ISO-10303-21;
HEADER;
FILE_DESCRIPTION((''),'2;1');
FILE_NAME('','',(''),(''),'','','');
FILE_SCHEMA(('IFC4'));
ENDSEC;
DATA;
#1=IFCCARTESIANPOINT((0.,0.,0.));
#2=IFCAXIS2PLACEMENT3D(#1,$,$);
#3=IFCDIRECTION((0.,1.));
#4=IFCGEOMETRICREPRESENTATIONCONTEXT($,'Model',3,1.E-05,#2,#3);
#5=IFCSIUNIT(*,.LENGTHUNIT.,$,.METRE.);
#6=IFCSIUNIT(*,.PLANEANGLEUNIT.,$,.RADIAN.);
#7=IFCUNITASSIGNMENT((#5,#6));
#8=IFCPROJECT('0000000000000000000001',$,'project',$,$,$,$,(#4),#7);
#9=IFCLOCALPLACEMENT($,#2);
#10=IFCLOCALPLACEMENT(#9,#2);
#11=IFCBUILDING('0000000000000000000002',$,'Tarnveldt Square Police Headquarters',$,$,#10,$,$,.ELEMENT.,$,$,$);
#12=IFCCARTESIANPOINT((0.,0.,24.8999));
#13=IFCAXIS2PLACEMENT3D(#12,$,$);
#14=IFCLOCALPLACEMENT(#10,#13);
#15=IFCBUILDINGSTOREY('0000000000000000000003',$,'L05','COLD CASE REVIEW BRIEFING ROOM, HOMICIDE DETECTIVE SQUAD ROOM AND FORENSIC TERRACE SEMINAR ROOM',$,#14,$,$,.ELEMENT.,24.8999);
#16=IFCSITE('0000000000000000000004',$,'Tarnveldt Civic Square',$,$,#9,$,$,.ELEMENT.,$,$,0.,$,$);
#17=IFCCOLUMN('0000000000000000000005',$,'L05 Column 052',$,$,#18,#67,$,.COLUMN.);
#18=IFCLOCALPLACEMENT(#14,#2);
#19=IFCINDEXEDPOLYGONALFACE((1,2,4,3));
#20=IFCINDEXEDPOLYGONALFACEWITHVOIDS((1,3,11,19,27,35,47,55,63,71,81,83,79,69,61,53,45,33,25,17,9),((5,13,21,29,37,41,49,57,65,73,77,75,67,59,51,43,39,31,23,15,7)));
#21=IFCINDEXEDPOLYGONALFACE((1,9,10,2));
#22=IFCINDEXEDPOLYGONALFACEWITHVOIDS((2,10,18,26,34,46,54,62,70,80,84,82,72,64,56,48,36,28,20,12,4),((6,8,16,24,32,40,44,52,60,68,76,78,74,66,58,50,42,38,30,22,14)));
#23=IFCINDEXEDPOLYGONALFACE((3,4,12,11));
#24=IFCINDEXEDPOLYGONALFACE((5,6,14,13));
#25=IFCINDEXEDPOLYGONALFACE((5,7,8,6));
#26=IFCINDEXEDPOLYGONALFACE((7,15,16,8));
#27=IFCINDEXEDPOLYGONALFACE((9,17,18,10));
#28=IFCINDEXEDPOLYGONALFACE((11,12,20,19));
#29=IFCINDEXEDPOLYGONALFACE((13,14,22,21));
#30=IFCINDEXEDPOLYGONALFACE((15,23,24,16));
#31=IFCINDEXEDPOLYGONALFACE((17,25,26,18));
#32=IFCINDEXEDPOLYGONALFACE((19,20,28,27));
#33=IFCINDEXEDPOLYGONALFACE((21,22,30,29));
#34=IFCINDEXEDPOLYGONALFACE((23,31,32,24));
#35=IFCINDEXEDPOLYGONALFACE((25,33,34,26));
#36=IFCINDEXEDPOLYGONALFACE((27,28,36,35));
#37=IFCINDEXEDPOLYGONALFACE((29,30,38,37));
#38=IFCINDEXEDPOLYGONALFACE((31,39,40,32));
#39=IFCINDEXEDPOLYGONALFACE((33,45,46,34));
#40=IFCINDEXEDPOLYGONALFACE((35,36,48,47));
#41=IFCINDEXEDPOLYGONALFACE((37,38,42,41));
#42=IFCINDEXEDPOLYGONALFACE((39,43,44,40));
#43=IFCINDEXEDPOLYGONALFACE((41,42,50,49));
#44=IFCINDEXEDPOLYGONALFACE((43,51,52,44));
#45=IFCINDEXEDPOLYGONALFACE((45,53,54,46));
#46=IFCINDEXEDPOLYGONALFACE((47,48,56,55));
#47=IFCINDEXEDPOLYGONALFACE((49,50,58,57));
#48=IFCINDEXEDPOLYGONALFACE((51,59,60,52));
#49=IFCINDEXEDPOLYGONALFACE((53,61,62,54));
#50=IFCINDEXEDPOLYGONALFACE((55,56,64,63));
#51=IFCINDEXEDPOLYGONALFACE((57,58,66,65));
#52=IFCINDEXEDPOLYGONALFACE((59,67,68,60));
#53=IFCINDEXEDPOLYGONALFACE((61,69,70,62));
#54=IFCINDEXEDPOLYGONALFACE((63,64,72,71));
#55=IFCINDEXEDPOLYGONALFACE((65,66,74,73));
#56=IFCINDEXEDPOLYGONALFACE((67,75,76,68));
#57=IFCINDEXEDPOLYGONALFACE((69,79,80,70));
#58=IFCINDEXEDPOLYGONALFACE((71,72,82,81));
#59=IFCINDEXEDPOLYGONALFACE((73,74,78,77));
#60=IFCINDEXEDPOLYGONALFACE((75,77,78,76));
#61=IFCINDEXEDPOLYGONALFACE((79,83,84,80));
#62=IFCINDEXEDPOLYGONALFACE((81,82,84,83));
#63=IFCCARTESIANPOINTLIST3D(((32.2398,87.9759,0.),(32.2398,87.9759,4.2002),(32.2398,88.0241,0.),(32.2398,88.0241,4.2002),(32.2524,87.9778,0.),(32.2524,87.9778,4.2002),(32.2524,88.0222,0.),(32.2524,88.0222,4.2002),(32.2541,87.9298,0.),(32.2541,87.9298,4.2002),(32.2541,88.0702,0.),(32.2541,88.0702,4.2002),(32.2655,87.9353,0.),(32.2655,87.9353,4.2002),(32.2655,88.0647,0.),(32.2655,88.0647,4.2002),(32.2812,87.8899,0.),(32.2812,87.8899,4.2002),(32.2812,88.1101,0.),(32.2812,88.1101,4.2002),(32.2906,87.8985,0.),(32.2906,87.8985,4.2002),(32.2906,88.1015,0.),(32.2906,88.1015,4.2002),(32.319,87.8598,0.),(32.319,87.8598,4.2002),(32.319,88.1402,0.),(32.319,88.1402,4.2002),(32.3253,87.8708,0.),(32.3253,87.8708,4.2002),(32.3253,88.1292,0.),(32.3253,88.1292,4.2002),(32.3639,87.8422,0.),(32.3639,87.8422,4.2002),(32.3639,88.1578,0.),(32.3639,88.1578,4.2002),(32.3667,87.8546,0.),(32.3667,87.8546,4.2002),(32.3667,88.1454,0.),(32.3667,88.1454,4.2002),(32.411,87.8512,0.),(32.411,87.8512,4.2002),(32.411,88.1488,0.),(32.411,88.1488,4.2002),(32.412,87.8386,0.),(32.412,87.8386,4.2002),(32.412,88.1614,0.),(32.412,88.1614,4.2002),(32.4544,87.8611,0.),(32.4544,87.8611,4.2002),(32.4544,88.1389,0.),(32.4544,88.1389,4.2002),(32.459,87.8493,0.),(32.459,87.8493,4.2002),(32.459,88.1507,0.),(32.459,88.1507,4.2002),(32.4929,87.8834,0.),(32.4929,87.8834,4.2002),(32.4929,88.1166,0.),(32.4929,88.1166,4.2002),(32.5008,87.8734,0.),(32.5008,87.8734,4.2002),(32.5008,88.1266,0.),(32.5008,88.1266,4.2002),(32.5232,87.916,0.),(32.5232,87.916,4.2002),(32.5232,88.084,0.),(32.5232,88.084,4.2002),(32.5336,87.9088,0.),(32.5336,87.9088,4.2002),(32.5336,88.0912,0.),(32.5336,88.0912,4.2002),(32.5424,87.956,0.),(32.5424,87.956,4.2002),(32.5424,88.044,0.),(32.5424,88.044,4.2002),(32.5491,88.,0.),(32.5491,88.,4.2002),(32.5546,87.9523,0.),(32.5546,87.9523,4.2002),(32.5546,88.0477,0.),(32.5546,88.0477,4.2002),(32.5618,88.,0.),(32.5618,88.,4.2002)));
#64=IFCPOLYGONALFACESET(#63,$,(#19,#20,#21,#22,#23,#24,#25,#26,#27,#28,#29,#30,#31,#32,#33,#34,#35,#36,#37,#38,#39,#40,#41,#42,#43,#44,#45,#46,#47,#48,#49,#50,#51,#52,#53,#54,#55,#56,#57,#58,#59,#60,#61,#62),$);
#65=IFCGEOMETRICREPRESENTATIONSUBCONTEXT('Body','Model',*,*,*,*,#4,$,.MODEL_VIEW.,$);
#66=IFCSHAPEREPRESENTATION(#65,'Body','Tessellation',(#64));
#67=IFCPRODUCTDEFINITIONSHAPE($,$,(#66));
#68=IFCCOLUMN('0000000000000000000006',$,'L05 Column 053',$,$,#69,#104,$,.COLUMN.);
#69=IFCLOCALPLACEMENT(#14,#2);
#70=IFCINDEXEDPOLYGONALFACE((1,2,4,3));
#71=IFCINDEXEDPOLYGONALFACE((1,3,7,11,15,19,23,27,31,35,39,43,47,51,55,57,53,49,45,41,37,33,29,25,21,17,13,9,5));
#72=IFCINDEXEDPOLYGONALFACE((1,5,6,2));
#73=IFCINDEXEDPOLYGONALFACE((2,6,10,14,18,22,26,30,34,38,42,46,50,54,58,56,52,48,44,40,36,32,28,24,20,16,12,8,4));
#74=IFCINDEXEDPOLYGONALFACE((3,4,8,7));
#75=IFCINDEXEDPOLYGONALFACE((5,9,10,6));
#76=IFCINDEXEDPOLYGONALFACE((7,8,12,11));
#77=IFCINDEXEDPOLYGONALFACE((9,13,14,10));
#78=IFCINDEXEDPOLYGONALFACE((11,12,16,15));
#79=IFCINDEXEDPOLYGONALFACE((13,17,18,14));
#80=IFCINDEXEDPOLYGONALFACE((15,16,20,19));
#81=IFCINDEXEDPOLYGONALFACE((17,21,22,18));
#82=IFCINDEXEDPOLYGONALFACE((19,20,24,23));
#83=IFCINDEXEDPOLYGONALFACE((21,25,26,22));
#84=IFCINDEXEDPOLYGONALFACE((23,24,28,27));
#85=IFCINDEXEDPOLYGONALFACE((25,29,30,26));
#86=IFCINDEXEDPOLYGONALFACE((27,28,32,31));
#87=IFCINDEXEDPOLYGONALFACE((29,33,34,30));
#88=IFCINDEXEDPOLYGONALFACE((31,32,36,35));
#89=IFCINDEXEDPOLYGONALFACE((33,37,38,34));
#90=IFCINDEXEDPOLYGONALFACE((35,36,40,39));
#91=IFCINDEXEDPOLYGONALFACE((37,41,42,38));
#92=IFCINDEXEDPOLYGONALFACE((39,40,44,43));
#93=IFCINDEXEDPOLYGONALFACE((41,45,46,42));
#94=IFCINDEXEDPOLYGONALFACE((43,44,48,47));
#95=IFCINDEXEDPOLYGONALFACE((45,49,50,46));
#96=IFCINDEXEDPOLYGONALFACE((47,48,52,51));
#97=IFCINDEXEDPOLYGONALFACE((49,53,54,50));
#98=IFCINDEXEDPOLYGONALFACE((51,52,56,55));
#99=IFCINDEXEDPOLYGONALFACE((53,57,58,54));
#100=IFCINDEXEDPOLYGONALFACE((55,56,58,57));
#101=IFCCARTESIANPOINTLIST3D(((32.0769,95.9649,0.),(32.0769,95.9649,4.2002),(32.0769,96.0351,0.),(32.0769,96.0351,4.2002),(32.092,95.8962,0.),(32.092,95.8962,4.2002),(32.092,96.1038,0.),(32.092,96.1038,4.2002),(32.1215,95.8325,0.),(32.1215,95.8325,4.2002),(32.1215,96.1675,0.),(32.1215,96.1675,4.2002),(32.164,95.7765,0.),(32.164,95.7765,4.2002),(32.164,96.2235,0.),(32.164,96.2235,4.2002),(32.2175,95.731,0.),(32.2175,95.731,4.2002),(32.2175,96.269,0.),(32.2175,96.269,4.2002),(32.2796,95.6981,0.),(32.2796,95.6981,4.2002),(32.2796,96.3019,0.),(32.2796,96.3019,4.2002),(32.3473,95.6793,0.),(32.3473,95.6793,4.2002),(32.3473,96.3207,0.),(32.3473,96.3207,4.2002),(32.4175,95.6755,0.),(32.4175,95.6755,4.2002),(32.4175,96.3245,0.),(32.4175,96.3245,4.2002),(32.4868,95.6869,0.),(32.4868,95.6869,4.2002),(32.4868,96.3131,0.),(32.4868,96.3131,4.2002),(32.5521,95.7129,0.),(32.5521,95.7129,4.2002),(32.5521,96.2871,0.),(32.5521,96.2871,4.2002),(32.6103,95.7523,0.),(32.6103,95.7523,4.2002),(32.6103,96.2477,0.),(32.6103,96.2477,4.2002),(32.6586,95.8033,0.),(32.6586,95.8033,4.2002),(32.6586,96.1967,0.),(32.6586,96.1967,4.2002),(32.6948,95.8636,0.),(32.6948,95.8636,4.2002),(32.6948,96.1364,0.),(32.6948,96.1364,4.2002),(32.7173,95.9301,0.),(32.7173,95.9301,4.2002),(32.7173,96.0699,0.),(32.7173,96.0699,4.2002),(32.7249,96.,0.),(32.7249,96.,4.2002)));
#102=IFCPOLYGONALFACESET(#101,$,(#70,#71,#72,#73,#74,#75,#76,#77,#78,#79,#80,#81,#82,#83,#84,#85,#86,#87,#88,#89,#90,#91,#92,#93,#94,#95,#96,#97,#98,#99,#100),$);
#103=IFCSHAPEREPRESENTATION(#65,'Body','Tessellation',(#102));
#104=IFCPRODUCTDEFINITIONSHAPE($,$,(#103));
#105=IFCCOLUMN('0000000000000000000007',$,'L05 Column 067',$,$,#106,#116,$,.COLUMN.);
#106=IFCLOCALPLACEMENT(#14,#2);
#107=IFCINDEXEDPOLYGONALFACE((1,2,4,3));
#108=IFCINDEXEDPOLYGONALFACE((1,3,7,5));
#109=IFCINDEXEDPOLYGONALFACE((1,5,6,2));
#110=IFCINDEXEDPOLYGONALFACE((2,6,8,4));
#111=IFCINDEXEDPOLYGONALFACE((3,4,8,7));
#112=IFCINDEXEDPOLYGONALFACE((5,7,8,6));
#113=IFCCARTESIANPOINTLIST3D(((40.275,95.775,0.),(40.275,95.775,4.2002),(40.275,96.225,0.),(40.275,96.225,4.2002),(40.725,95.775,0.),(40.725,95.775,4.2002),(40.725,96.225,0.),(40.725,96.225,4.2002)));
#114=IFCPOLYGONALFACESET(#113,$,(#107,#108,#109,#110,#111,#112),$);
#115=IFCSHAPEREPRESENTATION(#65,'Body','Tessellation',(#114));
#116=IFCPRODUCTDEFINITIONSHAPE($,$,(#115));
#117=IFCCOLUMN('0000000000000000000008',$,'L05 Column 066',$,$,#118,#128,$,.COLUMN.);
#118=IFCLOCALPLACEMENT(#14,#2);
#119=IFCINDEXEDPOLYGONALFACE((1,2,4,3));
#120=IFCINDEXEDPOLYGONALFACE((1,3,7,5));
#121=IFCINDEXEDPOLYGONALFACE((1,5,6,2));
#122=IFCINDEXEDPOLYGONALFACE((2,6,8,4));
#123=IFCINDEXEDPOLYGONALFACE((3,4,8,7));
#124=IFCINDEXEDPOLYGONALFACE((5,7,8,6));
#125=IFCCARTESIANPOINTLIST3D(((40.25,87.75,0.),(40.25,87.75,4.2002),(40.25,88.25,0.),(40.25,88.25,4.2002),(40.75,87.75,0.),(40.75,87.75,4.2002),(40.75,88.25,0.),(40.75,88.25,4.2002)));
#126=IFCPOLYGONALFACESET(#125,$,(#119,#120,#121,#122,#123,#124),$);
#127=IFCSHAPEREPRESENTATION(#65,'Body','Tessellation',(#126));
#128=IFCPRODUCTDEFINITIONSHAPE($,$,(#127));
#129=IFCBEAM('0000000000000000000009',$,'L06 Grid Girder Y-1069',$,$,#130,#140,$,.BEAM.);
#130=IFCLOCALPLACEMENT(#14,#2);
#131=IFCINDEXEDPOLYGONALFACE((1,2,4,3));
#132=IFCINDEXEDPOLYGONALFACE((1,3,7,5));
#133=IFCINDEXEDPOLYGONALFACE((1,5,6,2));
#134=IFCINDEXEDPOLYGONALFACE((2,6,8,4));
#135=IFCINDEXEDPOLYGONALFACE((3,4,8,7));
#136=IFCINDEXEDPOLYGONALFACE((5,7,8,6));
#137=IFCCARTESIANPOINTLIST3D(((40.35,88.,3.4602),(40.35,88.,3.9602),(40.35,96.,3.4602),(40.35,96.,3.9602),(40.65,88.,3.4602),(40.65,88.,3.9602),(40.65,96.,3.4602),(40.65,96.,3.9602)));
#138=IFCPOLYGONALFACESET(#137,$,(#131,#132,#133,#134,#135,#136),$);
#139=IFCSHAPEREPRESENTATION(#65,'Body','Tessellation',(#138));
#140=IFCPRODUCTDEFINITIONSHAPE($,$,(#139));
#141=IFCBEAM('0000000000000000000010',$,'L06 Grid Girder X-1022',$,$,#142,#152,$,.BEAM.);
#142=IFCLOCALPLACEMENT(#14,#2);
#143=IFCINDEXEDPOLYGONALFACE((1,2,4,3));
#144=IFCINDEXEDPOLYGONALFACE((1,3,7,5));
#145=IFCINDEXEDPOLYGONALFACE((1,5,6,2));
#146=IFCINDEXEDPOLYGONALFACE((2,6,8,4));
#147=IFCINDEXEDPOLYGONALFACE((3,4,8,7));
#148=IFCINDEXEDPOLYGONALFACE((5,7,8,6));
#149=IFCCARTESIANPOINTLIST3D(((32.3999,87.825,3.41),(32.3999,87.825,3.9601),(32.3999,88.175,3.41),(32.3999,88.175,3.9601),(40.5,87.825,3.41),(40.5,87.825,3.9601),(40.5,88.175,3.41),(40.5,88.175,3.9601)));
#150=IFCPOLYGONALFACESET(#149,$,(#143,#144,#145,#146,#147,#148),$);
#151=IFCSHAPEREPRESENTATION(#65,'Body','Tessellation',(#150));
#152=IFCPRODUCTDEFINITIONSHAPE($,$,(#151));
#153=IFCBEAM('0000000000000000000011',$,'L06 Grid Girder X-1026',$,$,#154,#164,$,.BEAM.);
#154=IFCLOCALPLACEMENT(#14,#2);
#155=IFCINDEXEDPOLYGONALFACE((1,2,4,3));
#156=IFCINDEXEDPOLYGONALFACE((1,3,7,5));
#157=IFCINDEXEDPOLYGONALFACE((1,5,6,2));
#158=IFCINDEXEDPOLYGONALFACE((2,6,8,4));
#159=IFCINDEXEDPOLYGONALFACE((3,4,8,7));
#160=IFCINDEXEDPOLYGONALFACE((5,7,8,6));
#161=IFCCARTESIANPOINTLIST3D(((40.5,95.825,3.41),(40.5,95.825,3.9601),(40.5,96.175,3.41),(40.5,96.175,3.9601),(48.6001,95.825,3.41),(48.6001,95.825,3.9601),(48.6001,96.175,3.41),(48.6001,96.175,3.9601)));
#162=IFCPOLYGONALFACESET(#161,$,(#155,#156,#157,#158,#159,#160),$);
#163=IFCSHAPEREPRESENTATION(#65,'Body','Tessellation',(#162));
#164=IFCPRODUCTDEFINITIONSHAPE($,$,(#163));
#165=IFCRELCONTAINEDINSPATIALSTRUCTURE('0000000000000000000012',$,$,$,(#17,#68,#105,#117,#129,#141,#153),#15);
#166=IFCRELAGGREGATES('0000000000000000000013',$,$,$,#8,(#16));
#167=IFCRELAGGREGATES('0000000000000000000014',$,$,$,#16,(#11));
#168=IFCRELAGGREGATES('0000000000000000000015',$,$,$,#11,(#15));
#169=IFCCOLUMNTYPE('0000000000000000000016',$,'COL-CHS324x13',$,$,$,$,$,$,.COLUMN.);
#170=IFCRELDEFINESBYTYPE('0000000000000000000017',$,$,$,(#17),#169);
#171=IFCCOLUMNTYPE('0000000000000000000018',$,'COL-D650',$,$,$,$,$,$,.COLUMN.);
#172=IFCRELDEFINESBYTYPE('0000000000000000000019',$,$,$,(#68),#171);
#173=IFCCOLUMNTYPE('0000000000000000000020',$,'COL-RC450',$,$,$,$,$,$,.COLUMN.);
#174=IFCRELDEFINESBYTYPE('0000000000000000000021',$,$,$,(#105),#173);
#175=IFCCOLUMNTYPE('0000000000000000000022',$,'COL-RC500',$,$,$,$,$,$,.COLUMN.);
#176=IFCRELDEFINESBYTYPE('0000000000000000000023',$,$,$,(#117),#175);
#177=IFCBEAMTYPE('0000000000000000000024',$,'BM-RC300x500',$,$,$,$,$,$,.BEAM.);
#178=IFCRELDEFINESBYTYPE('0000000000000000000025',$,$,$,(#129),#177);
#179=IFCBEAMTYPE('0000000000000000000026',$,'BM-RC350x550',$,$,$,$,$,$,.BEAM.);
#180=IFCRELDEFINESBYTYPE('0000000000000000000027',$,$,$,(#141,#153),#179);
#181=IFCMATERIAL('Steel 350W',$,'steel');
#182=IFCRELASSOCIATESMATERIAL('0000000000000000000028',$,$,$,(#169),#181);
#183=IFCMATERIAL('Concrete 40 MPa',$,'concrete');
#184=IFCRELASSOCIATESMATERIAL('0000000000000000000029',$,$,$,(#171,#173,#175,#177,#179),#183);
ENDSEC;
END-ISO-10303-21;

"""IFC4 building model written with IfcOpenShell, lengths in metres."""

from ifc_helpers import new_model, si_unit, direction, frame, origin, origin_2d, place, context, subcontext, project, spatial, rectangle, circle, hollow_circle, extrude, material, material_profile, profile_set, type_object, element, save


model = new_model("IFC4")

# Units and contexts
model_context = context("Model", 3, precision=1e-05, world=origin(), true_north=direction((0.0, 1.0)))
body_context = subcontext(model_context, "Body", "Model", "MODEL_VIEW")
ifc_project = project(units=[si_unit("LENGTHUNIT", "METRE"), si_unit("PLANEANGLEUNIT", "RADIAN")], contexts=[model_context])

# Site, building, storey
site_placement = place(None, origin())
site = spatial("IfcSite", under=ifc_project, at=site_placement, Name="Tarnveldt Civic Square", CompositionType="ELEMENT", RefElevation=0.0)
building_placement = place(site_placement, origin())
building = spatial("IfcBuilding", under=site, at=building_placement, Name="Tarnveldt Square Police Headquarters", CompositionType="ELEMENT")
storey_placement = place(building_placement, frame((0.0, 0.0, 24.8999)))
storey = spatial("IfcBuildingStorey", under=building, at=storey_placement, Name="L05", Description="COLD CASE REVIEW BRIEFING ROOM, HOMICIDE DETECTIVE SQUAD ROOM AND FORENSIC TERRACE SEMINAR ROOM", CompositionType="ELEMENT", Elevation=24.8999)

# Columns
ifc_material_1 = material(Name="Steel 350W", Category="steel")
ifc_material_profile_1 = material_profile(ifc_material_1, hollow_circle(Radius=0.1619, WallThickness=0.0127, at=origin_2d()), Name="HSS324x13")
ifc_profile_set_1 = profile_set([ifc_material_profile_1], Name="Steel 350W")
column_type_1 = type_object("IfcColumnType", Name="COL-CHS324x13", PredefinedType="COLUMN", material=ifc_profile_set_1)
column_1_placement = place(storey_placement, frame((32.3999, 88.0, 0.0), z_axis=(0.0, 0.0, 1.0), x_axis=(1.0, 0.0, 0.0)))
element("IfcColumn", 1, at=column_1_placement, inside=storey, type_object=column_type_1, Name="L05 Column 052", PredefinedType="COLUMN", context=body_context, shape_type="SweptSolid", body=[
    extrude(hollow_circle(Radius=0.1619, WallThickness=0.0127, at=origin_2d()), origin(), (0.0, 0.0, 1.0), 4.2002),
])
ifc_material_2 = material(Name="Concrete 40 MPa", Category="concrete")
ifc_material_profile_2 = material_profile(ifc_material_2, circle(Radius=0.325, at=origin_2d()), Name="RC-D650")
ifc_profile_set_2 = profile_set([ifc_material_profile_2], Name="Concrete 40 MPa")
column_type_2 = type_object("IfcColumnType", Name="COL-D650", PredefinedType="COLUMN", material=ifc_profile_set_2)
column_2_placement = place(storey_placement, frame((32.3999, 96.0, 0.0), z_axis=(0.0, 0.0, 1.0), x_axis=(1.0, 0.0, 0.0)))
element("IfcColumn", 2, at=column_2_placement, inside=storey, type_object=column_type_2, Name="L05 Column 053", PredefinedType="COLUMN", context=body_context, shape_type="SweptSolid", body=[
    extrude(circle(Radius=0.325, at=origin_2d()), origin(), (0.0, 0.0, 1.0), 4.2002),
])
ifc_material_profile_3 = material_profile(ifc_material_2, rectangle(XDim=0.45, YDim=0.45, at=origin_2d()), Name="RC-C450x450")
ifc_profile_set_3 = profile_set([ifc_material_profile_3], Name="Concrete 40 MPa")
column_type_3 = type_object("IfcColumnType", Name="COL-RC450", PredefinedType="COLUMN", material=ifc_profile_set_3)
column_3_placement = place(storey_placement, frame((40.5, 96.0, 0.0), z_axis=(0.0, 0.0, 1.0), x_axis=(1.0, 0.0, 0.0)))
element("IfcColumn", 3, at=column_3_placement, inside=storey, type_object=column_type_3, Name="L05 Column 067", PredefinedType="COLUMN", context=body_context, shape_type="SweptSolid", body=[
    extrude(rectangle(XDim=0.45, YDim=0.45, at=origin_2d()), origin(), (0.0, 0.0, 1.0), 4.2002),
])
ifc_material_profile_4 = material_profile(ifc_material_2, rectangle(XDim=0.5, YDim=0.5, at=origin_2d()), Name="RC-C500x500")
ifc_profile_set_4 = profile_set([ifc_material_profile_4], Name="Concrete 40 MPa")
column_type_4 = type_object("IfcColumnType", Name="COL-RC500", PredefinedType="COLUMN", material=ifc_profile_set_4)
column_4_placement = place(storey_placement, frame((40.5, 88.0, 0.0), z_axis=(0.0, 0.0, 1.0), x_axis=(1.0, 0.0, 0.0)))
element("IfcColumn", 4, at=column_4_placement, inside=storey, type_object=column_type_4, Name="L05 Column 066", PredefinedType="COLUMN", context=body_context, shape_type="SweptSolid", body=[
    extrude(rectangle(XDim=0.5, YDim=0.5, at=origin_2d()), origin(), (0.0, 0.0, 1.0), 4.2002),
])

# Beams
ifc_material_profile_5 = material_profile(ifc_material_2, rectangle(XDim=0.3, YDim=0.5, at=origin_2d()), Name="RC-B300x500")
ifc_profile_set_5 = profile_set([ifc_material_profile_5], Name="Concrete 40 MPa")
beam_type_1 = type_object("IfcBeamType", Name="BM-RC300x500", PredefinedType="BEAM", material=ifc_profile_set_5)
beam_1_placement = place(storey_placement, frame((40.5, 88.0, 3.7102), z_axis=(0.0, 1.0, 0.0), x_axis=(-1.0, 0.0, 0.0)))
element("IfcBeam", 5, at=beam_1_placement, inside=storey, type_object=beam_type_1, Name="L06 Grid Girder Y-1069", PredefinedType="BEAM", context=body_context, shape_type="SweptSolid", body=[
    extrude(rectangle(XDim=0.3, YDim=0.5, at=origin_2d()), origin(), (0.0, 0.0, 1.0), 8.0),
])
ifc_material_profile_6 = material_profile(ifc_material_2, rectangle(XDim=0.3501, YDim=0.55, at=origin_2d()), Name="RC-B350x550")
ifc_profile_set_6 = profile_set([ifc_material_profile_6], Name="Concrete 40 MPa")
beam_type_2 = type_object("IfcBeamType", Name="BM-RC350x550", PredefinedType="BEAM", material=ifc_profile_set_6)
for number, where, z_axis, x_axis, name in (
    (6, (32.3999, 88.0, 3.6851), (1.0, 0.0, 0.0), (0.0, 1.0, 0.0), "L06 Grid Girder X-1022"),
    (7, (40.5, 96.0, 3.6851), (1.0, 0.0, 0.0), (0.0, 1.0, 0.0), "L06 Grid Girder X-1026"),
):
    element("IfcBeam", number, at=place(storey_placement, frame(where, z_axis=z_axis, x_axis=x_axis)), inside=storey, type_object=beam_type_2, Name=name, PredefinedType="BEAM", context=body_context, shape_type="SweptSolid", body=[
        extrude(rectangle(XDim=0.3501, YDim=0.55, at=origin_2d()), origin(), (0.0, 0.0, 1.0), 8.1001),
    ])

save(model, "model.ifc")
